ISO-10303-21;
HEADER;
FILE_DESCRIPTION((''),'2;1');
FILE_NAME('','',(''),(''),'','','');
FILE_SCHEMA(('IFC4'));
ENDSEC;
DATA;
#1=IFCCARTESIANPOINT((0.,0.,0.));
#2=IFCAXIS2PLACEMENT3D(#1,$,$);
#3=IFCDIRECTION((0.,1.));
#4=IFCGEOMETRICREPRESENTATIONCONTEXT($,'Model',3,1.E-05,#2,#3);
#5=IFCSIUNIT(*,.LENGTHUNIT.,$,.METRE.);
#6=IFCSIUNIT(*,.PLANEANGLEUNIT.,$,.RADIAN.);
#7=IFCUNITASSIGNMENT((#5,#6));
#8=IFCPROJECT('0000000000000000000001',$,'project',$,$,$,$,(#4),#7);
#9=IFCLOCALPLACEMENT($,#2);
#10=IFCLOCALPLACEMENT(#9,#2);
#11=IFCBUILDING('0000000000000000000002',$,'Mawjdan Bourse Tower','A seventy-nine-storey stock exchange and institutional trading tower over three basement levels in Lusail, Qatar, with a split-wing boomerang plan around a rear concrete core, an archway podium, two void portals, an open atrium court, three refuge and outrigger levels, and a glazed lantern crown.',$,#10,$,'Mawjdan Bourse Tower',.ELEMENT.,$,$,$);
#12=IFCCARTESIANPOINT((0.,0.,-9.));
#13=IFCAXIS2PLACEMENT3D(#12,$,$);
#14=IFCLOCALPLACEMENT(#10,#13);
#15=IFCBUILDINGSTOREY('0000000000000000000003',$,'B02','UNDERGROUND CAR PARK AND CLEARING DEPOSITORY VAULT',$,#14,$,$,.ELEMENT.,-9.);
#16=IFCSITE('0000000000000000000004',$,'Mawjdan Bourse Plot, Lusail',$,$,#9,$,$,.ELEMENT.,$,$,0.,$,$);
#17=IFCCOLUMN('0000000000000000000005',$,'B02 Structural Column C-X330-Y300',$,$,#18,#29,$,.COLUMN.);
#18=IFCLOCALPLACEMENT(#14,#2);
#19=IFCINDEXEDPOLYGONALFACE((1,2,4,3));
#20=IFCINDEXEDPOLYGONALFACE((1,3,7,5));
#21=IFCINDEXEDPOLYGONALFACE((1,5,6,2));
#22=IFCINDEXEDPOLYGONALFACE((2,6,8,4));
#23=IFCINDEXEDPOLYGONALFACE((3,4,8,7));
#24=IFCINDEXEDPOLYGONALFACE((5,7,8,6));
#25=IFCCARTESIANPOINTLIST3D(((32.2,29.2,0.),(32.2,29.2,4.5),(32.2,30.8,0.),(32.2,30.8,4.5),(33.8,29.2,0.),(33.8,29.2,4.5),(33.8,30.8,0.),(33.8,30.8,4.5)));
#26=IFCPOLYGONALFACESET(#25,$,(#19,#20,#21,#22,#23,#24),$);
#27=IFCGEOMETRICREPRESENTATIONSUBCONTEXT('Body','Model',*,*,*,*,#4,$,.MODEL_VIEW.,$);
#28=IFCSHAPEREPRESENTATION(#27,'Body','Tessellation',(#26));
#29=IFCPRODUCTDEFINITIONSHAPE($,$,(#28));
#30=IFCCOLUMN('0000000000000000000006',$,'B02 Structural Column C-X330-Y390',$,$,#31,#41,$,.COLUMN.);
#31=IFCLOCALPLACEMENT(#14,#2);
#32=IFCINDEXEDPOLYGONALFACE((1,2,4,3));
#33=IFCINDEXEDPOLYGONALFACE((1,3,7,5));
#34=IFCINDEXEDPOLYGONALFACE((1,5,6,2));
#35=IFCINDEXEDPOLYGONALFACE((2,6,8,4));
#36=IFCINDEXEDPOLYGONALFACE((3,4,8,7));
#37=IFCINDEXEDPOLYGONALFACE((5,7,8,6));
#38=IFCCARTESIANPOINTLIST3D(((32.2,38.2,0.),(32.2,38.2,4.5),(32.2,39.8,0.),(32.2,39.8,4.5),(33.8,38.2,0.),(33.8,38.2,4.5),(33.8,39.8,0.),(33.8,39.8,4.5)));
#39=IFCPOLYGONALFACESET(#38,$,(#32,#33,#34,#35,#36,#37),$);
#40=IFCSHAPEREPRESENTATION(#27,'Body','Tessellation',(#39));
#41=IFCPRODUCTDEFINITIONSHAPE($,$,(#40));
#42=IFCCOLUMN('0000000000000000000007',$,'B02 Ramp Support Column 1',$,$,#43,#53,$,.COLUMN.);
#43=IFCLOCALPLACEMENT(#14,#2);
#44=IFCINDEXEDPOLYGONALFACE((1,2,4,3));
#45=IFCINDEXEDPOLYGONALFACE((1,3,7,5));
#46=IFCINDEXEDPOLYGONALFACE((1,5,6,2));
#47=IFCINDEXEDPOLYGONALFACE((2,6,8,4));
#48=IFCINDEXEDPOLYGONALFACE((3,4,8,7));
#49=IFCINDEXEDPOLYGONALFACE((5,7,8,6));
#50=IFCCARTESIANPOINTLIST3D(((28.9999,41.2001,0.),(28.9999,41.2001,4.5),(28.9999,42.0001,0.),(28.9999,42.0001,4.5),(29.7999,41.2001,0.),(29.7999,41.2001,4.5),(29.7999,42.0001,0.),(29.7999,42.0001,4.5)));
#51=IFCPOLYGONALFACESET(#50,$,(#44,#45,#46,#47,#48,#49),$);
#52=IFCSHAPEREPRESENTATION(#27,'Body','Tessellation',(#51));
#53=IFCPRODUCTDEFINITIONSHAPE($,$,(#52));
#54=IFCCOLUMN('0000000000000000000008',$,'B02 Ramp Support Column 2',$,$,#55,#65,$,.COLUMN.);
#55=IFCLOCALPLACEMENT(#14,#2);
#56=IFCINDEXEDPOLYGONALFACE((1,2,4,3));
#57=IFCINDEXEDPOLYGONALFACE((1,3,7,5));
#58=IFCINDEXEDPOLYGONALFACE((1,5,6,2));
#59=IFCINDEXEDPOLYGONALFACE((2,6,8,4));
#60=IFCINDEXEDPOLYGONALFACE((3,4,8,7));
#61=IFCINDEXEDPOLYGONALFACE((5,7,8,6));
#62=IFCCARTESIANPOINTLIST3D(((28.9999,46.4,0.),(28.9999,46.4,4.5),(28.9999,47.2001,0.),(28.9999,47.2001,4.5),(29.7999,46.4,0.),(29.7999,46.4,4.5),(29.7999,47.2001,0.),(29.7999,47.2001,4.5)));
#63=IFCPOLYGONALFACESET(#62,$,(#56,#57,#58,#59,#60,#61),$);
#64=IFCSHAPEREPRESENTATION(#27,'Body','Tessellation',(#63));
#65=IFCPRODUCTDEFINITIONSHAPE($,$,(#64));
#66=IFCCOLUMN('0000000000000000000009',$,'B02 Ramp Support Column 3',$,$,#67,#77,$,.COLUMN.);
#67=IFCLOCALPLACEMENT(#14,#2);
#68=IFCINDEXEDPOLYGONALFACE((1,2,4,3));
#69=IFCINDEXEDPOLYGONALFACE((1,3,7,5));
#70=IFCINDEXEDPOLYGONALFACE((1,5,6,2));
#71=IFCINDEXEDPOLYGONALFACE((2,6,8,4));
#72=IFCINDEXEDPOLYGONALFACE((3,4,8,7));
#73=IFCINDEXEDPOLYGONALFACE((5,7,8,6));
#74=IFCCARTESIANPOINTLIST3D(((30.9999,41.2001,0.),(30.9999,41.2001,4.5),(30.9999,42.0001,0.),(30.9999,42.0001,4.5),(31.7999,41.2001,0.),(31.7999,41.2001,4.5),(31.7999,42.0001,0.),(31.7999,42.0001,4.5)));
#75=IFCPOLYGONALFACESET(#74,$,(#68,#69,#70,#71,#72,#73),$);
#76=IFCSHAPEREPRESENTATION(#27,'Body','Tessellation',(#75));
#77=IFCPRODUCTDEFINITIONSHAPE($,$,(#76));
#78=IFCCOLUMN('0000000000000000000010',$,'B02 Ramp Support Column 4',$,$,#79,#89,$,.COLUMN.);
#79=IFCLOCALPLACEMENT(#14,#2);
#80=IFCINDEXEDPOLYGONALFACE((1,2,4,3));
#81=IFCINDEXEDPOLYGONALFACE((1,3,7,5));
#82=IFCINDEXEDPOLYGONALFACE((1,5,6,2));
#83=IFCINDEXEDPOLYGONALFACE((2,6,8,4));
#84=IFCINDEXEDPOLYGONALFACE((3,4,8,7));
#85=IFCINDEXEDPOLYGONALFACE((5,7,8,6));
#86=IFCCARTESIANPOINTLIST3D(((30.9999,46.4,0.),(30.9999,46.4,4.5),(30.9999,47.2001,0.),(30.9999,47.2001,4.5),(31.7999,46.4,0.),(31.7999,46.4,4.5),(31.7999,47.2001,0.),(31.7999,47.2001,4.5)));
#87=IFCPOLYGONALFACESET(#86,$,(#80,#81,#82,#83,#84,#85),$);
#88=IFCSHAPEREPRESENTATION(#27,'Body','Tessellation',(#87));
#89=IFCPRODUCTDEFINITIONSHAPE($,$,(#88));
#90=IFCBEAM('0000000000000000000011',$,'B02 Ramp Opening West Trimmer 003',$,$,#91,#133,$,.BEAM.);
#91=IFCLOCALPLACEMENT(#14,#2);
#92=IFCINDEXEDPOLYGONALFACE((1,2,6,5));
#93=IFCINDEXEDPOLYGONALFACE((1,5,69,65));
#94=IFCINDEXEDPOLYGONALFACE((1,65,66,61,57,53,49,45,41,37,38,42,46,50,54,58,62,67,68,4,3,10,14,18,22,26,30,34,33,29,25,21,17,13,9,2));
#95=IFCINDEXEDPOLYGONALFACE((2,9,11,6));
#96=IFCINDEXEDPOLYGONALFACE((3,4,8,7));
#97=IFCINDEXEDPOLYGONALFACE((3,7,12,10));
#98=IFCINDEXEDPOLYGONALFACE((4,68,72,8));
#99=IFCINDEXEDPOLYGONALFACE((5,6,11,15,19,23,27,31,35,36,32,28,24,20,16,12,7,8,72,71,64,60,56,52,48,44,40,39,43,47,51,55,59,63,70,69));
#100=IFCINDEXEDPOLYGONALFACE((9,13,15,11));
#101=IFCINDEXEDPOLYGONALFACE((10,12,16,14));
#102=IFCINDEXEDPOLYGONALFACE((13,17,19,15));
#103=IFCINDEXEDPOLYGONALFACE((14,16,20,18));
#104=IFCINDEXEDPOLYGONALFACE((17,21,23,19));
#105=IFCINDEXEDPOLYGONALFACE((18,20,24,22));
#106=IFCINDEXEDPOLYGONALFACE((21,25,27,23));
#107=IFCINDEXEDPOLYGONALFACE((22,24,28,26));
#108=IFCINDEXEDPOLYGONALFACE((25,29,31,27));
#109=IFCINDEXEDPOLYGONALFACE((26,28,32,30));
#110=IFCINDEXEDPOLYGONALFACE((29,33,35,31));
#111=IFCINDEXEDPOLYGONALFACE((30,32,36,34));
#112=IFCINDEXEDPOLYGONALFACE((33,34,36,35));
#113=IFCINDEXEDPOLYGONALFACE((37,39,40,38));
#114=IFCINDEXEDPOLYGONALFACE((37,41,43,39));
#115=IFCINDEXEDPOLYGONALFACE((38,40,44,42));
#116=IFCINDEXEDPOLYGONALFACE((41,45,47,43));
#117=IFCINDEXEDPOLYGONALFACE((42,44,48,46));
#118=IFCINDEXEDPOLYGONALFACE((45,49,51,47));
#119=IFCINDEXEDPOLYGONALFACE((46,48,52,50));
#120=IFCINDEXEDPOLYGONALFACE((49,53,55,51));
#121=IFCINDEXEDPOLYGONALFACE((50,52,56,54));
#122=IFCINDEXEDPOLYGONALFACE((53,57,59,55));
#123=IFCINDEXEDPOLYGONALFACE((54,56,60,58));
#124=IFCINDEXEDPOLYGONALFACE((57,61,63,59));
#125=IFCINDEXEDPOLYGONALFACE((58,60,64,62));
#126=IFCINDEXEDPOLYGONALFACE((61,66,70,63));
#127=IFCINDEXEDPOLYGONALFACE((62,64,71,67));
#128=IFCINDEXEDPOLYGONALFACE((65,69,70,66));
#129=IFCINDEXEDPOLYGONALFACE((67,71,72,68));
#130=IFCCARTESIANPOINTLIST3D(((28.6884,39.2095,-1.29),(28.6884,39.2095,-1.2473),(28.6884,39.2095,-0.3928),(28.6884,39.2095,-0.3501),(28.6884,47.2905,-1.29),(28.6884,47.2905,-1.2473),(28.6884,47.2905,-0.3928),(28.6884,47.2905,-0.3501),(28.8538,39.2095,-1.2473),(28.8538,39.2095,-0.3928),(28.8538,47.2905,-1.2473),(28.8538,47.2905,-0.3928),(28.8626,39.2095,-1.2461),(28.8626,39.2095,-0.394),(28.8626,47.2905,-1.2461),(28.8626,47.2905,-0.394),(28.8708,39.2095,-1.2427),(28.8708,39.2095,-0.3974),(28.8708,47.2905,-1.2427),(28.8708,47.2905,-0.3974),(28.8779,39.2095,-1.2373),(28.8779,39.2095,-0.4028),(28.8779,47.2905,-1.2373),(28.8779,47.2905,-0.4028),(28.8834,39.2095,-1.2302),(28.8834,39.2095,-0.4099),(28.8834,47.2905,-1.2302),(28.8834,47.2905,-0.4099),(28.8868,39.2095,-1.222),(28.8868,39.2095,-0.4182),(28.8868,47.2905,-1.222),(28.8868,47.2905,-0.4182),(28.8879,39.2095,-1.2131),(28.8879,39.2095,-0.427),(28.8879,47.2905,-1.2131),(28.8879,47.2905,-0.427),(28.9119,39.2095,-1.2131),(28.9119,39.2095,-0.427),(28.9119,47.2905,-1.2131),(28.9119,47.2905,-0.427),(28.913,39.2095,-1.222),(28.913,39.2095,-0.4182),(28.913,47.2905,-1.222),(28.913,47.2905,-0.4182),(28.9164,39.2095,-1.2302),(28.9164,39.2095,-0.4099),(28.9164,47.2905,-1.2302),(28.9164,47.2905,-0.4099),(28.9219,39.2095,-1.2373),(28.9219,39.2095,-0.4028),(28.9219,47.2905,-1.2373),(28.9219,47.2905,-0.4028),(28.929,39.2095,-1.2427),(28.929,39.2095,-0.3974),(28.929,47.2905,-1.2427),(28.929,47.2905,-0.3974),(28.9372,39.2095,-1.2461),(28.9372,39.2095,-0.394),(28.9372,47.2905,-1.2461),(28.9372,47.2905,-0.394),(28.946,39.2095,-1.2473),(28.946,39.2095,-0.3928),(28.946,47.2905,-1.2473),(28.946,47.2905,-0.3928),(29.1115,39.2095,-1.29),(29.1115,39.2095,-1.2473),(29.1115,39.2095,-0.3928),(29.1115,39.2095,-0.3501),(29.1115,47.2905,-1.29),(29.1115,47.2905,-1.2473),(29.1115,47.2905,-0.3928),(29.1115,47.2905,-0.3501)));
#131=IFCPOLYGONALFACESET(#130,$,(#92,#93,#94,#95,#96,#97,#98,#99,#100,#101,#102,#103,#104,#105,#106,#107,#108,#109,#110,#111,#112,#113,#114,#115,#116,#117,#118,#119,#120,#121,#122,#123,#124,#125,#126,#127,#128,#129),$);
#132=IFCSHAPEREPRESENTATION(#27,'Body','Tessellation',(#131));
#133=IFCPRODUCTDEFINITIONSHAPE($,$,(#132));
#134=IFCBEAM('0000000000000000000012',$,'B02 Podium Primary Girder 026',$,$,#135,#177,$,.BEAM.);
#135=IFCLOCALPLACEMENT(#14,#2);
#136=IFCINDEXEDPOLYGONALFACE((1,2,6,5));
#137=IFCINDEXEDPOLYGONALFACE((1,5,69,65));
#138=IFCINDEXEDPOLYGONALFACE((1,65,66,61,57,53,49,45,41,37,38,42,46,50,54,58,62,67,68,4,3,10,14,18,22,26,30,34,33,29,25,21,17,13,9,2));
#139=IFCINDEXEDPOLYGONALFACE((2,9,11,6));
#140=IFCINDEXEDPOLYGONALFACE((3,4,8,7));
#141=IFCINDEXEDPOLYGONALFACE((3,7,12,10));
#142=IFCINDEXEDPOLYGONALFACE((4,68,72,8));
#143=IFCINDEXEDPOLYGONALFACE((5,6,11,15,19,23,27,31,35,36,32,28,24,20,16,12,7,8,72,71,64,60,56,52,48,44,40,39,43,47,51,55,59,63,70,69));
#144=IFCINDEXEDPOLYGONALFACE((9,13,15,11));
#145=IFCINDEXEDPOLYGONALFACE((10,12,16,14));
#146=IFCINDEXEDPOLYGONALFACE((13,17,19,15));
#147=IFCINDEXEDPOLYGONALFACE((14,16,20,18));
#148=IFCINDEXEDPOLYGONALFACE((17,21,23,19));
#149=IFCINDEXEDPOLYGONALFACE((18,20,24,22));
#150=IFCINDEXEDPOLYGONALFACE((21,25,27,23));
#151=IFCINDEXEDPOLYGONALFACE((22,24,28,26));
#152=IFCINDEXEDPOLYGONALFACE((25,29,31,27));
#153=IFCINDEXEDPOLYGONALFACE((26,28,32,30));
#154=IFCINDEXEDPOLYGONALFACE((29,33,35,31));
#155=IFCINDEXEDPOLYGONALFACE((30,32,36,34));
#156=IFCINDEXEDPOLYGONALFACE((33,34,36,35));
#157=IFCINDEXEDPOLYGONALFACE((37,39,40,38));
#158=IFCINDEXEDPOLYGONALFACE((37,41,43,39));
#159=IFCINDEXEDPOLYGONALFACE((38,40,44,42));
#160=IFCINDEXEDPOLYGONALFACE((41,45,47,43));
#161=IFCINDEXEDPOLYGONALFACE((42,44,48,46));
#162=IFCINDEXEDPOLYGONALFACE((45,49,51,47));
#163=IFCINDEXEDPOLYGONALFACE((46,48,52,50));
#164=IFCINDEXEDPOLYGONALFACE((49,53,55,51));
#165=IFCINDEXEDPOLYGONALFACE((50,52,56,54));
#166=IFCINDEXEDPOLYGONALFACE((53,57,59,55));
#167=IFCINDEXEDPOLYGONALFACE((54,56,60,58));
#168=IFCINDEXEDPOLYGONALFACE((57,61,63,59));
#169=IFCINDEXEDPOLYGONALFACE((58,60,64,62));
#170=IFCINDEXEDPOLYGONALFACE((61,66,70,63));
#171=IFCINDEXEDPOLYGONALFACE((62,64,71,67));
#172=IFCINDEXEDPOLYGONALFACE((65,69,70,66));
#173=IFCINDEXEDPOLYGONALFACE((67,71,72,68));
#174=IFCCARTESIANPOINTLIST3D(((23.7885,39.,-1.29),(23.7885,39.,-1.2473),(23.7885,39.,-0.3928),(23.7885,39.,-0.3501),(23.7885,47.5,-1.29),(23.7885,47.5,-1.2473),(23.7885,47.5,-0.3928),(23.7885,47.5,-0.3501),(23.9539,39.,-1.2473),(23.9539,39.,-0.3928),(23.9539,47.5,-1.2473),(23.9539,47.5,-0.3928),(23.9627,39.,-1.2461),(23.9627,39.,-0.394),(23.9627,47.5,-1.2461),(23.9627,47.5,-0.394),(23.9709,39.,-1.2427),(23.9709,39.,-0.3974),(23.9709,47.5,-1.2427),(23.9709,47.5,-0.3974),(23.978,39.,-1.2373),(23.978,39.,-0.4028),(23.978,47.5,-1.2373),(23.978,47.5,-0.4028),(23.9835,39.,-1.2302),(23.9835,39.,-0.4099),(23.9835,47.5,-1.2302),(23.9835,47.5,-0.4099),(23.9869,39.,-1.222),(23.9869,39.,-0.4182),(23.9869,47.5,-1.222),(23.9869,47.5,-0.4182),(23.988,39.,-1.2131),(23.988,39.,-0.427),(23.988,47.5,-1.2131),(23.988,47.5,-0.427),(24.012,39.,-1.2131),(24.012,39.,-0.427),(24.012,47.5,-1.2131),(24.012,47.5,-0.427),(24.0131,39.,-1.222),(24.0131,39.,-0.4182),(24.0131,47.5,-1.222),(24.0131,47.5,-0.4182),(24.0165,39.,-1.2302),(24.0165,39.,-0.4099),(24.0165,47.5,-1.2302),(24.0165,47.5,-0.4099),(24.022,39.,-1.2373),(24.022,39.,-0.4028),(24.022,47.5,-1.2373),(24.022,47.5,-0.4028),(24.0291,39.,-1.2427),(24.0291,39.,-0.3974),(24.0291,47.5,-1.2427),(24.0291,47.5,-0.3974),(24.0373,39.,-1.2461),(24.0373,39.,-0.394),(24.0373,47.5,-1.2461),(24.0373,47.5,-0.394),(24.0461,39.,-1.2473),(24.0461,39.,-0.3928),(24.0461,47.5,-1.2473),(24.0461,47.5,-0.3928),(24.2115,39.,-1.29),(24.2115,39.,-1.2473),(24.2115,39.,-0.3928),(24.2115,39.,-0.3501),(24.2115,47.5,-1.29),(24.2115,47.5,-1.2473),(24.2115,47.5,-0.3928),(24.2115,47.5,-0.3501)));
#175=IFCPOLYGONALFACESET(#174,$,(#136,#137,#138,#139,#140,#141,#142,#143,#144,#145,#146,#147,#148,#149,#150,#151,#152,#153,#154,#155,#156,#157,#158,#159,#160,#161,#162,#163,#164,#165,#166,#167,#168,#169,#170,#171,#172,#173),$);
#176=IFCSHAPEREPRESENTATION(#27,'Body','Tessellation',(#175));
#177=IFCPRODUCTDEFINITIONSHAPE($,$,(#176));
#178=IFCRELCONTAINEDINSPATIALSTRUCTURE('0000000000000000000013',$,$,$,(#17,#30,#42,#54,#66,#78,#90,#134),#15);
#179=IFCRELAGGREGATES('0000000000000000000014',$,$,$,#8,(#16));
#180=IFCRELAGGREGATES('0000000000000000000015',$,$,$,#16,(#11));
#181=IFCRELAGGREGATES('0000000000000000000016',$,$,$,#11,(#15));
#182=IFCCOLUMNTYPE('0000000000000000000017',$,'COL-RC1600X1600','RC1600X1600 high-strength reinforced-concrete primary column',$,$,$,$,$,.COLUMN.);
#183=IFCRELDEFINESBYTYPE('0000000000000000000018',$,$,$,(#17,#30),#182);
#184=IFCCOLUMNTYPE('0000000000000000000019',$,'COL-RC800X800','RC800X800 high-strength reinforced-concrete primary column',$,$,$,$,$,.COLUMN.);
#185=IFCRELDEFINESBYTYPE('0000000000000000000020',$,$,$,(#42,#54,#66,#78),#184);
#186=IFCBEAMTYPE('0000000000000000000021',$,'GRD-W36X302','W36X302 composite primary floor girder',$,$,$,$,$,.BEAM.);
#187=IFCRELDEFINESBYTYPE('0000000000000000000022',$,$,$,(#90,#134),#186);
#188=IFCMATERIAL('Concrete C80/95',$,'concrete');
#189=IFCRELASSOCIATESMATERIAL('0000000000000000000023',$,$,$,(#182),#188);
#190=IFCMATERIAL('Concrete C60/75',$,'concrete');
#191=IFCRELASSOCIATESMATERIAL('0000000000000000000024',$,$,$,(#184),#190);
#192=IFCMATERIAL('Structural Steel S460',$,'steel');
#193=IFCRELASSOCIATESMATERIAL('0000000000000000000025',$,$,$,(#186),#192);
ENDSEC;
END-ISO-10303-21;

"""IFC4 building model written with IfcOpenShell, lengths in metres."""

from ifc_helpers import new_model, si_unit, direction, frame, origin, origin_2d, place, context, subcontext, project, spatial, rectangle, i_section, extrude, material, material_profile, profile_set, type_object, element, save


model = new_model("IFC4")

# Units and contexts
model_context = context("Model", 3, precision=1e-05, world=origin(), true_north=direction((0.0, 1.0)))
body_context = subcontext(model_context, "Body", "Model", "MODEL_VIEW")
ifc_project = project(units=[si_unit("LENGTHUNIT", "METRE"), si_unit("PLANEANGLEUNIT", "RADIAN")], contexts=[model_context])

# Site, building, storey
site_placement = place(None, origin())
site = spatial("IfcSite", under=ifc_project, at=site_placement, Name="Mawjdan Bourse Plot, Lusail", CompositionType="ELEMENT", RefElevation=0.0)
building_placement = place(site_placement, origin())
building = spatial("IfcBuilding", under=site, at=building_placement, Name="Mawjdan Bourse Tower", Description="A seventy-nine-storey stock exchange and institutional trading tower over three basement levels in Lusail, Qatar, with a split-wing boomerang plan around a rear concrete core, an archway podium, two void portals, an open atrium court, three refuge and outrigger levels, and a glazed lantern crown.", LongName="Mawjdan Bourse Tower", CompositionType="ELEMENT")
storey_placement = place(building_placement, frame((0.0, 0.0, -9.0)))
storey = spatial("IfcBuildingStorey", under=building, at=storey_placement, Name="B02", Description="UNDERGROUND CAR PARK AND CLEARING DEPOSITORY VAULT", CompositionType="ELEMENT", Elevation=-9.0)

# Columns
ifc_material_1 = material(Name="Concrete C80/95", Category="concrete")
ifc_material_profile_1 = material_profile(ifc_material_1, rectangle(XDim=1.6001, YDim=1.6001, at=origin_2d()), Name="RC1600X1600")
ifc_profile_set_1 = profile_set([ifc_material_profile_1], Name="Concrete C80/95")
column_type_1 = type_object("IfcColumnType", Name="COL-RC1600X1600", Description="RC1600X1600 high-strength reinforced-concrete primary column", PredefinedType="COLUMN", material=ifc_profile_set_1)
for number, where, z_axis, x_axis, name in (
    (1, (33.0, 30.0, 0.0), (0.0, 0.0, 1.0), (1.0, 0.0, 0.0), "B02 Structural Column C-X330-Y300"),
    (2, (33.0, 39.0, 0.0), (0.0, 0.0, 1.0), (1.0, 0.0, 0.0), "B02 Structural Column C-X330-Y390"),
):
    element("IfcColumn", number, at=place(storey_placement, frame(where, z_axis=z_axis, x_axis=x_axis)), inside=storey, type_object=column_type_1, Name=name, PredefinedType="COLUMN", context=body_context, shape_type="SweptSolid", body=[
        extrude(rectangle(XDim=1.6001, YDim=1.6001, at=origin_2d()), origin(), (0.0, 0.0, 1.0), 4.5),
    ])
ifc_material_2 = material(Name="Concrete C60/75", Category="concrete")
ifc_material_profile_2 = material_profile(ifc_material_2, rectangle(XDim=0.8, YDim=0.8, at=origin_2d()), Name="RC800X800")
ifc_profile_set_2 = profile_set([ifc_material_profile_2], Name="Concrete C60/75")
column_type_2 = type_object("IfcColumnType", Name="COL-RC800X800", Description="RC800X800 high-strength reinforced-concrete primary column", PredefinedType="COLUMN", material=ifc_profile_set_2)
for number, where, z_axis, x_axis, name in (
    (3, (29.3999, 41.6001, 0.0), (0.0, 0.0, 1.0), (1.0, 0.0, 0.0), "B02 Ramp Support Column 1"),
    (4, (29.3999, 46.8, 0.0), (0.0, 0.0, 1.0), (1.0, 0.0, 0.0), "B02 Ramp Support Column 2"),
    (5, (31.3999, 41.6001, 0.0), (0.0, 0.0, 1.0), (1.0, 0.0, 0.0), "B02 Ramp Support Column 3"),
    (6, (31.3999, 46.8, 0.0), (0.0, 0.0, 1.0), (1.0, 0.0, 0.0), "B02 Ramp Support Column 4"),
):
    element("IfcColumn", number, at=place(storey_placement, frame(where, z_axis=z_axis, x_axis=x_axis)), inside=storey, type_object=column_type_2, Name=name, PredefinedType="COLUMN", context=body_context, shape_type="SweptSolid", body=[
        extrude(rectangle(XDim=0.8, YDim=0.8, at=origin_2d()), origin(), (0.0, 0.0, 1.0), 4.5),
    ])

# Beams
ifc_material_3 = material(Name="Structural Steel S460", Category="steel")
ifc_material_profile_3 = material_profile(ifc_material_3, i_section(OverallWidth=0.4231, OverallDepth=0.9399, WebThickness=0.0239, FlangeThickness=0.0427, FilletRadius=0.0342, at=origin_2d()), Name="W36X302")
ifc_profile_set_3 = profile_set([ifc_material_profile_3], Name="Structural Steel S460")
beam_type_1 = type_object("IfcBeamType", Name="GRD-W36X302", Description="W36X302 composite primary floor girder", PredefinedType="BEAM", material=ifc_profile_set_3)
beam_1_placement = place(storey_placement, frame((28.8999, 39.2095, -0.8201), z_axis=(0.0, 1.0, 0.0), x_axis=(-1.0, 0.0, 0.0)))
element("IfcBeam", 7, at=beam_1_placement, inside=storey, type_object=beam_type_1, Name="B02 Ramp Opening West Trimmer 003", PredefinedType="BEAM", context=body_context, shape_type="SweptSolid", body=[
    extrude(i_section(OverallWidth=0.4231, OverallDepth=0.9399, WebThickness=0.0239, FlangeThickness=0.0427, FilletRadius=0.0342, at=origin_2d()), origin(), (0.0, 0.0, 1.0), 8.0811),
])
beam_2_placement = place(storey_placement, frame((24.0, 39.0, -0.8201), z_axis=(0.0, 1.0, 0.0), x_axis=(-1.0, 0.0, 0.0)))
element("IfcBeam", 8, at=beam_2_placement, inside=storey, type_object=beam_type_1, Name="B02 Podium Primary Girder 026", PredefinedType="BEAM", context=body_context, shape_type="SweptSolid", body=[
    extrude(i_section(OverallWidth=0.4231, OverallDepth=0.9399, WebThickness=0.0239, FlangeThickness=0.0427, FilletRadius=0.0342, at=origin_2d()), origin(), (0.0, 0.0, 1.0), 8.5),
])

save(model, "model.ifc")
